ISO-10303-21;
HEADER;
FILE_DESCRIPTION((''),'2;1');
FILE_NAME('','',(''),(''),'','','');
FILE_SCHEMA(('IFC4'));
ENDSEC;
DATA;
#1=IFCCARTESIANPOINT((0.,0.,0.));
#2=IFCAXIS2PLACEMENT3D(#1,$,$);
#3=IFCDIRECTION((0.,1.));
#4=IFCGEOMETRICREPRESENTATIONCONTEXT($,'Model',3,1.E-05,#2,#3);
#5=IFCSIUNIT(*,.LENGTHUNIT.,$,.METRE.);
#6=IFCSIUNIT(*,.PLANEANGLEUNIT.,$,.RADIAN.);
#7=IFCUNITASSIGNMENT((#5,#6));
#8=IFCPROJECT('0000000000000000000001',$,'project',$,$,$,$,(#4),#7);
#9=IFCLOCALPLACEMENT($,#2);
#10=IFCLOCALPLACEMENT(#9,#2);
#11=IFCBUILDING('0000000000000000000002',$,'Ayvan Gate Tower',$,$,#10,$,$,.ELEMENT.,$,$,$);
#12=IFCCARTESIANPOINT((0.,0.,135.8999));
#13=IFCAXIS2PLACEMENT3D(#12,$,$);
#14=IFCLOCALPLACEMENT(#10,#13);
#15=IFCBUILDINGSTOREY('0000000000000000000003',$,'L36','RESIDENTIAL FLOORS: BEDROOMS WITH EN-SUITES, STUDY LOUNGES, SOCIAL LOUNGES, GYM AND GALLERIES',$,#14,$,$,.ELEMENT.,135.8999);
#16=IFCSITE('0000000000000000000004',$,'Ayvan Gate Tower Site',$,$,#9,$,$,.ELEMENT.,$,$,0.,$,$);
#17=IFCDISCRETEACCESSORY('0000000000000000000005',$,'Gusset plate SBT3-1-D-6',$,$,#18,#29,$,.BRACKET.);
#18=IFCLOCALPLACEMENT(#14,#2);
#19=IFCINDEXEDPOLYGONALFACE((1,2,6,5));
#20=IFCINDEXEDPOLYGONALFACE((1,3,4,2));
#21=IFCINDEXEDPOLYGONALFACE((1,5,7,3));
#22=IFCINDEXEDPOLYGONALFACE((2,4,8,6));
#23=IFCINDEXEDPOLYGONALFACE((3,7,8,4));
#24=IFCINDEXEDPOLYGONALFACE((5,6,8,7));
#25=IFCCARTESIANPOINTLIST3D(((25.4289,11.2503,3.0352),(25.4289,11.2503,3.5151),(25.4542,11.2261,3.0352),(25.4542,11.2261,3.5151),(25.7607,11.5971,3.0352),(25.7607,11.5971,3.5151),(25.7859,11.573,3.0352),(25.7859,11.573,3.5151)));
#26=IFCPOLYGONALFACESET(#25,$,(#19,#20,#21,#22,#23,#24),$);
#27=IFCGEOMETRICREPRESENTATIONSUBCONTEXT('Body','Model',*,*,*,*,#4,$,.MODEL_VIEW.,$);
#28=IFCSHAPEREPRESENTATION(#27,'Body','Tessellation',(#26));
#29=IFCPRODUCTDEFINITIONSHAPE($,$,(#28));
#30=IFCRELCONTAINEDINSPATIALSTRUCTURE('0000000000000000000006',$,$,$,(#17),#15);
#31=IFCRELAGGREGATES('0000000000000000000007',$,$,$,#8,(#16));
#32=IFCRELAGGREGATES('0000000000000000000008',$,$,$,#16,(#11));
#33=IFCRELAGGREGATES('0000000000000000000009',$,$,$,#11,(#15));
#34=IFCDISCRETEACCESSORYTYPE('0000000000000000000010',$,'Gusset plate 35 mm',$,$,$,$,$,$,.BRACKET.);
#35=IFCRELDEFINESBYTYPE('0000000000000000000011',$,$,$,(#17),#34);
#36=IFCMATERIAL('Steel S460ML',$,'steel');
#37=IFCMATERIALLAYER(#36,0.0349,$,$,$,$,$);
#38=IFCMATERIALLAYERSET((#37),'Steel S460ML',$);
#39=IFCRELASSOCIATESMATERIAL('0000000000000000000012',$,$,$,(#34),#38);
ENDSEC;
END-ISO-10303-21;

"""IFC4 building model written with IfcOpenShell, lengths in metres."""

from ifc_helpers import new_model, si_unit, direction, frame, origin, origin_2d, place, context, subcontext, project, spatial, rectangle, extrude, material, layer, layer_set, type_object, element, save


model = new_model("IFC4")

# Units and contexts
model_context = context("Model", 3, precision=1e-05, world=origin(), true_north=direction((0.0, 1.0)))
body_context = subcontext(model_context, "Body", "Model", "MODEL_VIEW")
ifc_project = project(units=[si_unit("LENGTHUNIT", "METRE"), si_unit("PLANEANGLEUNIT", "RADIAN")], contexts=[model_context])

# Site, building, storey
site_placement = place(None, origin())
site = spatial("IfcSite", under=ifc_project, at=site_placement, Name="Ayvan Gate Tower Site", CompositionType="ELEMENT", RefElevation=0.0)
building_placement = place(site_placement, origin())
building = spatial("IfcBuilding", under=site, at=building_placement, Name="Ayvan Gate Tower", CompositionType="ELEMENT")
storey_placement = place(building_placement, frame((0.0, 0.0, 135.8999)))
storey = spatial("IfcBuildingStorey", under=building, at=storey_placement, Name="L36", Description="RESIDENTIAL FLOORS: BEDROOMS WITH EN-SUITES, STUDY LOUNGES, SOCIAL LOUNGES, GYM AND GALLERIES", CompositionType="ELEMENT", Elevation=135.8999)

# Discrete accessory
ifc_material_1 = material(Name="Steel S460ML", Category="steel")
ifc_layer_1 = layer(ifc_material_1, 0.0349)
ifc_layer_set_1 = layer_set([ifc_layer_1], Name="Steel S460ML")
discrete_accessory_type = type_object("IfcDiscreteAccessoryType", Name="Gusset plate 35 mm", PredefinedType="BRACKET", material=ifc_layer_set_1)
for number, where, z_axis, x_axis, name in (
    (1, (25.6074, 11.4116, 3.0352), (0.0, 0.0, 1.0), (0.691214, 0.72265, 0.0), "Gusset plate SBT3-1-D-6"),
):
    element("IfcDiscreteAccessory", number, at=place(storey_placement, frame(where, z_axis=z_axis, x_axis=x_axis)), inside=storey, type_object=discrete_accessory_type, Name=name, PredefinedType="BRACKET", context=body_context, shape_type="SweptSolid", body=[
        extrude(rectangle(XDim=0.48, YDim=0.0349, at=origin_2d()), origin(), (0.0, 0.0, 1.0), 0.48),
    ])

save(model, "model.ifc")
